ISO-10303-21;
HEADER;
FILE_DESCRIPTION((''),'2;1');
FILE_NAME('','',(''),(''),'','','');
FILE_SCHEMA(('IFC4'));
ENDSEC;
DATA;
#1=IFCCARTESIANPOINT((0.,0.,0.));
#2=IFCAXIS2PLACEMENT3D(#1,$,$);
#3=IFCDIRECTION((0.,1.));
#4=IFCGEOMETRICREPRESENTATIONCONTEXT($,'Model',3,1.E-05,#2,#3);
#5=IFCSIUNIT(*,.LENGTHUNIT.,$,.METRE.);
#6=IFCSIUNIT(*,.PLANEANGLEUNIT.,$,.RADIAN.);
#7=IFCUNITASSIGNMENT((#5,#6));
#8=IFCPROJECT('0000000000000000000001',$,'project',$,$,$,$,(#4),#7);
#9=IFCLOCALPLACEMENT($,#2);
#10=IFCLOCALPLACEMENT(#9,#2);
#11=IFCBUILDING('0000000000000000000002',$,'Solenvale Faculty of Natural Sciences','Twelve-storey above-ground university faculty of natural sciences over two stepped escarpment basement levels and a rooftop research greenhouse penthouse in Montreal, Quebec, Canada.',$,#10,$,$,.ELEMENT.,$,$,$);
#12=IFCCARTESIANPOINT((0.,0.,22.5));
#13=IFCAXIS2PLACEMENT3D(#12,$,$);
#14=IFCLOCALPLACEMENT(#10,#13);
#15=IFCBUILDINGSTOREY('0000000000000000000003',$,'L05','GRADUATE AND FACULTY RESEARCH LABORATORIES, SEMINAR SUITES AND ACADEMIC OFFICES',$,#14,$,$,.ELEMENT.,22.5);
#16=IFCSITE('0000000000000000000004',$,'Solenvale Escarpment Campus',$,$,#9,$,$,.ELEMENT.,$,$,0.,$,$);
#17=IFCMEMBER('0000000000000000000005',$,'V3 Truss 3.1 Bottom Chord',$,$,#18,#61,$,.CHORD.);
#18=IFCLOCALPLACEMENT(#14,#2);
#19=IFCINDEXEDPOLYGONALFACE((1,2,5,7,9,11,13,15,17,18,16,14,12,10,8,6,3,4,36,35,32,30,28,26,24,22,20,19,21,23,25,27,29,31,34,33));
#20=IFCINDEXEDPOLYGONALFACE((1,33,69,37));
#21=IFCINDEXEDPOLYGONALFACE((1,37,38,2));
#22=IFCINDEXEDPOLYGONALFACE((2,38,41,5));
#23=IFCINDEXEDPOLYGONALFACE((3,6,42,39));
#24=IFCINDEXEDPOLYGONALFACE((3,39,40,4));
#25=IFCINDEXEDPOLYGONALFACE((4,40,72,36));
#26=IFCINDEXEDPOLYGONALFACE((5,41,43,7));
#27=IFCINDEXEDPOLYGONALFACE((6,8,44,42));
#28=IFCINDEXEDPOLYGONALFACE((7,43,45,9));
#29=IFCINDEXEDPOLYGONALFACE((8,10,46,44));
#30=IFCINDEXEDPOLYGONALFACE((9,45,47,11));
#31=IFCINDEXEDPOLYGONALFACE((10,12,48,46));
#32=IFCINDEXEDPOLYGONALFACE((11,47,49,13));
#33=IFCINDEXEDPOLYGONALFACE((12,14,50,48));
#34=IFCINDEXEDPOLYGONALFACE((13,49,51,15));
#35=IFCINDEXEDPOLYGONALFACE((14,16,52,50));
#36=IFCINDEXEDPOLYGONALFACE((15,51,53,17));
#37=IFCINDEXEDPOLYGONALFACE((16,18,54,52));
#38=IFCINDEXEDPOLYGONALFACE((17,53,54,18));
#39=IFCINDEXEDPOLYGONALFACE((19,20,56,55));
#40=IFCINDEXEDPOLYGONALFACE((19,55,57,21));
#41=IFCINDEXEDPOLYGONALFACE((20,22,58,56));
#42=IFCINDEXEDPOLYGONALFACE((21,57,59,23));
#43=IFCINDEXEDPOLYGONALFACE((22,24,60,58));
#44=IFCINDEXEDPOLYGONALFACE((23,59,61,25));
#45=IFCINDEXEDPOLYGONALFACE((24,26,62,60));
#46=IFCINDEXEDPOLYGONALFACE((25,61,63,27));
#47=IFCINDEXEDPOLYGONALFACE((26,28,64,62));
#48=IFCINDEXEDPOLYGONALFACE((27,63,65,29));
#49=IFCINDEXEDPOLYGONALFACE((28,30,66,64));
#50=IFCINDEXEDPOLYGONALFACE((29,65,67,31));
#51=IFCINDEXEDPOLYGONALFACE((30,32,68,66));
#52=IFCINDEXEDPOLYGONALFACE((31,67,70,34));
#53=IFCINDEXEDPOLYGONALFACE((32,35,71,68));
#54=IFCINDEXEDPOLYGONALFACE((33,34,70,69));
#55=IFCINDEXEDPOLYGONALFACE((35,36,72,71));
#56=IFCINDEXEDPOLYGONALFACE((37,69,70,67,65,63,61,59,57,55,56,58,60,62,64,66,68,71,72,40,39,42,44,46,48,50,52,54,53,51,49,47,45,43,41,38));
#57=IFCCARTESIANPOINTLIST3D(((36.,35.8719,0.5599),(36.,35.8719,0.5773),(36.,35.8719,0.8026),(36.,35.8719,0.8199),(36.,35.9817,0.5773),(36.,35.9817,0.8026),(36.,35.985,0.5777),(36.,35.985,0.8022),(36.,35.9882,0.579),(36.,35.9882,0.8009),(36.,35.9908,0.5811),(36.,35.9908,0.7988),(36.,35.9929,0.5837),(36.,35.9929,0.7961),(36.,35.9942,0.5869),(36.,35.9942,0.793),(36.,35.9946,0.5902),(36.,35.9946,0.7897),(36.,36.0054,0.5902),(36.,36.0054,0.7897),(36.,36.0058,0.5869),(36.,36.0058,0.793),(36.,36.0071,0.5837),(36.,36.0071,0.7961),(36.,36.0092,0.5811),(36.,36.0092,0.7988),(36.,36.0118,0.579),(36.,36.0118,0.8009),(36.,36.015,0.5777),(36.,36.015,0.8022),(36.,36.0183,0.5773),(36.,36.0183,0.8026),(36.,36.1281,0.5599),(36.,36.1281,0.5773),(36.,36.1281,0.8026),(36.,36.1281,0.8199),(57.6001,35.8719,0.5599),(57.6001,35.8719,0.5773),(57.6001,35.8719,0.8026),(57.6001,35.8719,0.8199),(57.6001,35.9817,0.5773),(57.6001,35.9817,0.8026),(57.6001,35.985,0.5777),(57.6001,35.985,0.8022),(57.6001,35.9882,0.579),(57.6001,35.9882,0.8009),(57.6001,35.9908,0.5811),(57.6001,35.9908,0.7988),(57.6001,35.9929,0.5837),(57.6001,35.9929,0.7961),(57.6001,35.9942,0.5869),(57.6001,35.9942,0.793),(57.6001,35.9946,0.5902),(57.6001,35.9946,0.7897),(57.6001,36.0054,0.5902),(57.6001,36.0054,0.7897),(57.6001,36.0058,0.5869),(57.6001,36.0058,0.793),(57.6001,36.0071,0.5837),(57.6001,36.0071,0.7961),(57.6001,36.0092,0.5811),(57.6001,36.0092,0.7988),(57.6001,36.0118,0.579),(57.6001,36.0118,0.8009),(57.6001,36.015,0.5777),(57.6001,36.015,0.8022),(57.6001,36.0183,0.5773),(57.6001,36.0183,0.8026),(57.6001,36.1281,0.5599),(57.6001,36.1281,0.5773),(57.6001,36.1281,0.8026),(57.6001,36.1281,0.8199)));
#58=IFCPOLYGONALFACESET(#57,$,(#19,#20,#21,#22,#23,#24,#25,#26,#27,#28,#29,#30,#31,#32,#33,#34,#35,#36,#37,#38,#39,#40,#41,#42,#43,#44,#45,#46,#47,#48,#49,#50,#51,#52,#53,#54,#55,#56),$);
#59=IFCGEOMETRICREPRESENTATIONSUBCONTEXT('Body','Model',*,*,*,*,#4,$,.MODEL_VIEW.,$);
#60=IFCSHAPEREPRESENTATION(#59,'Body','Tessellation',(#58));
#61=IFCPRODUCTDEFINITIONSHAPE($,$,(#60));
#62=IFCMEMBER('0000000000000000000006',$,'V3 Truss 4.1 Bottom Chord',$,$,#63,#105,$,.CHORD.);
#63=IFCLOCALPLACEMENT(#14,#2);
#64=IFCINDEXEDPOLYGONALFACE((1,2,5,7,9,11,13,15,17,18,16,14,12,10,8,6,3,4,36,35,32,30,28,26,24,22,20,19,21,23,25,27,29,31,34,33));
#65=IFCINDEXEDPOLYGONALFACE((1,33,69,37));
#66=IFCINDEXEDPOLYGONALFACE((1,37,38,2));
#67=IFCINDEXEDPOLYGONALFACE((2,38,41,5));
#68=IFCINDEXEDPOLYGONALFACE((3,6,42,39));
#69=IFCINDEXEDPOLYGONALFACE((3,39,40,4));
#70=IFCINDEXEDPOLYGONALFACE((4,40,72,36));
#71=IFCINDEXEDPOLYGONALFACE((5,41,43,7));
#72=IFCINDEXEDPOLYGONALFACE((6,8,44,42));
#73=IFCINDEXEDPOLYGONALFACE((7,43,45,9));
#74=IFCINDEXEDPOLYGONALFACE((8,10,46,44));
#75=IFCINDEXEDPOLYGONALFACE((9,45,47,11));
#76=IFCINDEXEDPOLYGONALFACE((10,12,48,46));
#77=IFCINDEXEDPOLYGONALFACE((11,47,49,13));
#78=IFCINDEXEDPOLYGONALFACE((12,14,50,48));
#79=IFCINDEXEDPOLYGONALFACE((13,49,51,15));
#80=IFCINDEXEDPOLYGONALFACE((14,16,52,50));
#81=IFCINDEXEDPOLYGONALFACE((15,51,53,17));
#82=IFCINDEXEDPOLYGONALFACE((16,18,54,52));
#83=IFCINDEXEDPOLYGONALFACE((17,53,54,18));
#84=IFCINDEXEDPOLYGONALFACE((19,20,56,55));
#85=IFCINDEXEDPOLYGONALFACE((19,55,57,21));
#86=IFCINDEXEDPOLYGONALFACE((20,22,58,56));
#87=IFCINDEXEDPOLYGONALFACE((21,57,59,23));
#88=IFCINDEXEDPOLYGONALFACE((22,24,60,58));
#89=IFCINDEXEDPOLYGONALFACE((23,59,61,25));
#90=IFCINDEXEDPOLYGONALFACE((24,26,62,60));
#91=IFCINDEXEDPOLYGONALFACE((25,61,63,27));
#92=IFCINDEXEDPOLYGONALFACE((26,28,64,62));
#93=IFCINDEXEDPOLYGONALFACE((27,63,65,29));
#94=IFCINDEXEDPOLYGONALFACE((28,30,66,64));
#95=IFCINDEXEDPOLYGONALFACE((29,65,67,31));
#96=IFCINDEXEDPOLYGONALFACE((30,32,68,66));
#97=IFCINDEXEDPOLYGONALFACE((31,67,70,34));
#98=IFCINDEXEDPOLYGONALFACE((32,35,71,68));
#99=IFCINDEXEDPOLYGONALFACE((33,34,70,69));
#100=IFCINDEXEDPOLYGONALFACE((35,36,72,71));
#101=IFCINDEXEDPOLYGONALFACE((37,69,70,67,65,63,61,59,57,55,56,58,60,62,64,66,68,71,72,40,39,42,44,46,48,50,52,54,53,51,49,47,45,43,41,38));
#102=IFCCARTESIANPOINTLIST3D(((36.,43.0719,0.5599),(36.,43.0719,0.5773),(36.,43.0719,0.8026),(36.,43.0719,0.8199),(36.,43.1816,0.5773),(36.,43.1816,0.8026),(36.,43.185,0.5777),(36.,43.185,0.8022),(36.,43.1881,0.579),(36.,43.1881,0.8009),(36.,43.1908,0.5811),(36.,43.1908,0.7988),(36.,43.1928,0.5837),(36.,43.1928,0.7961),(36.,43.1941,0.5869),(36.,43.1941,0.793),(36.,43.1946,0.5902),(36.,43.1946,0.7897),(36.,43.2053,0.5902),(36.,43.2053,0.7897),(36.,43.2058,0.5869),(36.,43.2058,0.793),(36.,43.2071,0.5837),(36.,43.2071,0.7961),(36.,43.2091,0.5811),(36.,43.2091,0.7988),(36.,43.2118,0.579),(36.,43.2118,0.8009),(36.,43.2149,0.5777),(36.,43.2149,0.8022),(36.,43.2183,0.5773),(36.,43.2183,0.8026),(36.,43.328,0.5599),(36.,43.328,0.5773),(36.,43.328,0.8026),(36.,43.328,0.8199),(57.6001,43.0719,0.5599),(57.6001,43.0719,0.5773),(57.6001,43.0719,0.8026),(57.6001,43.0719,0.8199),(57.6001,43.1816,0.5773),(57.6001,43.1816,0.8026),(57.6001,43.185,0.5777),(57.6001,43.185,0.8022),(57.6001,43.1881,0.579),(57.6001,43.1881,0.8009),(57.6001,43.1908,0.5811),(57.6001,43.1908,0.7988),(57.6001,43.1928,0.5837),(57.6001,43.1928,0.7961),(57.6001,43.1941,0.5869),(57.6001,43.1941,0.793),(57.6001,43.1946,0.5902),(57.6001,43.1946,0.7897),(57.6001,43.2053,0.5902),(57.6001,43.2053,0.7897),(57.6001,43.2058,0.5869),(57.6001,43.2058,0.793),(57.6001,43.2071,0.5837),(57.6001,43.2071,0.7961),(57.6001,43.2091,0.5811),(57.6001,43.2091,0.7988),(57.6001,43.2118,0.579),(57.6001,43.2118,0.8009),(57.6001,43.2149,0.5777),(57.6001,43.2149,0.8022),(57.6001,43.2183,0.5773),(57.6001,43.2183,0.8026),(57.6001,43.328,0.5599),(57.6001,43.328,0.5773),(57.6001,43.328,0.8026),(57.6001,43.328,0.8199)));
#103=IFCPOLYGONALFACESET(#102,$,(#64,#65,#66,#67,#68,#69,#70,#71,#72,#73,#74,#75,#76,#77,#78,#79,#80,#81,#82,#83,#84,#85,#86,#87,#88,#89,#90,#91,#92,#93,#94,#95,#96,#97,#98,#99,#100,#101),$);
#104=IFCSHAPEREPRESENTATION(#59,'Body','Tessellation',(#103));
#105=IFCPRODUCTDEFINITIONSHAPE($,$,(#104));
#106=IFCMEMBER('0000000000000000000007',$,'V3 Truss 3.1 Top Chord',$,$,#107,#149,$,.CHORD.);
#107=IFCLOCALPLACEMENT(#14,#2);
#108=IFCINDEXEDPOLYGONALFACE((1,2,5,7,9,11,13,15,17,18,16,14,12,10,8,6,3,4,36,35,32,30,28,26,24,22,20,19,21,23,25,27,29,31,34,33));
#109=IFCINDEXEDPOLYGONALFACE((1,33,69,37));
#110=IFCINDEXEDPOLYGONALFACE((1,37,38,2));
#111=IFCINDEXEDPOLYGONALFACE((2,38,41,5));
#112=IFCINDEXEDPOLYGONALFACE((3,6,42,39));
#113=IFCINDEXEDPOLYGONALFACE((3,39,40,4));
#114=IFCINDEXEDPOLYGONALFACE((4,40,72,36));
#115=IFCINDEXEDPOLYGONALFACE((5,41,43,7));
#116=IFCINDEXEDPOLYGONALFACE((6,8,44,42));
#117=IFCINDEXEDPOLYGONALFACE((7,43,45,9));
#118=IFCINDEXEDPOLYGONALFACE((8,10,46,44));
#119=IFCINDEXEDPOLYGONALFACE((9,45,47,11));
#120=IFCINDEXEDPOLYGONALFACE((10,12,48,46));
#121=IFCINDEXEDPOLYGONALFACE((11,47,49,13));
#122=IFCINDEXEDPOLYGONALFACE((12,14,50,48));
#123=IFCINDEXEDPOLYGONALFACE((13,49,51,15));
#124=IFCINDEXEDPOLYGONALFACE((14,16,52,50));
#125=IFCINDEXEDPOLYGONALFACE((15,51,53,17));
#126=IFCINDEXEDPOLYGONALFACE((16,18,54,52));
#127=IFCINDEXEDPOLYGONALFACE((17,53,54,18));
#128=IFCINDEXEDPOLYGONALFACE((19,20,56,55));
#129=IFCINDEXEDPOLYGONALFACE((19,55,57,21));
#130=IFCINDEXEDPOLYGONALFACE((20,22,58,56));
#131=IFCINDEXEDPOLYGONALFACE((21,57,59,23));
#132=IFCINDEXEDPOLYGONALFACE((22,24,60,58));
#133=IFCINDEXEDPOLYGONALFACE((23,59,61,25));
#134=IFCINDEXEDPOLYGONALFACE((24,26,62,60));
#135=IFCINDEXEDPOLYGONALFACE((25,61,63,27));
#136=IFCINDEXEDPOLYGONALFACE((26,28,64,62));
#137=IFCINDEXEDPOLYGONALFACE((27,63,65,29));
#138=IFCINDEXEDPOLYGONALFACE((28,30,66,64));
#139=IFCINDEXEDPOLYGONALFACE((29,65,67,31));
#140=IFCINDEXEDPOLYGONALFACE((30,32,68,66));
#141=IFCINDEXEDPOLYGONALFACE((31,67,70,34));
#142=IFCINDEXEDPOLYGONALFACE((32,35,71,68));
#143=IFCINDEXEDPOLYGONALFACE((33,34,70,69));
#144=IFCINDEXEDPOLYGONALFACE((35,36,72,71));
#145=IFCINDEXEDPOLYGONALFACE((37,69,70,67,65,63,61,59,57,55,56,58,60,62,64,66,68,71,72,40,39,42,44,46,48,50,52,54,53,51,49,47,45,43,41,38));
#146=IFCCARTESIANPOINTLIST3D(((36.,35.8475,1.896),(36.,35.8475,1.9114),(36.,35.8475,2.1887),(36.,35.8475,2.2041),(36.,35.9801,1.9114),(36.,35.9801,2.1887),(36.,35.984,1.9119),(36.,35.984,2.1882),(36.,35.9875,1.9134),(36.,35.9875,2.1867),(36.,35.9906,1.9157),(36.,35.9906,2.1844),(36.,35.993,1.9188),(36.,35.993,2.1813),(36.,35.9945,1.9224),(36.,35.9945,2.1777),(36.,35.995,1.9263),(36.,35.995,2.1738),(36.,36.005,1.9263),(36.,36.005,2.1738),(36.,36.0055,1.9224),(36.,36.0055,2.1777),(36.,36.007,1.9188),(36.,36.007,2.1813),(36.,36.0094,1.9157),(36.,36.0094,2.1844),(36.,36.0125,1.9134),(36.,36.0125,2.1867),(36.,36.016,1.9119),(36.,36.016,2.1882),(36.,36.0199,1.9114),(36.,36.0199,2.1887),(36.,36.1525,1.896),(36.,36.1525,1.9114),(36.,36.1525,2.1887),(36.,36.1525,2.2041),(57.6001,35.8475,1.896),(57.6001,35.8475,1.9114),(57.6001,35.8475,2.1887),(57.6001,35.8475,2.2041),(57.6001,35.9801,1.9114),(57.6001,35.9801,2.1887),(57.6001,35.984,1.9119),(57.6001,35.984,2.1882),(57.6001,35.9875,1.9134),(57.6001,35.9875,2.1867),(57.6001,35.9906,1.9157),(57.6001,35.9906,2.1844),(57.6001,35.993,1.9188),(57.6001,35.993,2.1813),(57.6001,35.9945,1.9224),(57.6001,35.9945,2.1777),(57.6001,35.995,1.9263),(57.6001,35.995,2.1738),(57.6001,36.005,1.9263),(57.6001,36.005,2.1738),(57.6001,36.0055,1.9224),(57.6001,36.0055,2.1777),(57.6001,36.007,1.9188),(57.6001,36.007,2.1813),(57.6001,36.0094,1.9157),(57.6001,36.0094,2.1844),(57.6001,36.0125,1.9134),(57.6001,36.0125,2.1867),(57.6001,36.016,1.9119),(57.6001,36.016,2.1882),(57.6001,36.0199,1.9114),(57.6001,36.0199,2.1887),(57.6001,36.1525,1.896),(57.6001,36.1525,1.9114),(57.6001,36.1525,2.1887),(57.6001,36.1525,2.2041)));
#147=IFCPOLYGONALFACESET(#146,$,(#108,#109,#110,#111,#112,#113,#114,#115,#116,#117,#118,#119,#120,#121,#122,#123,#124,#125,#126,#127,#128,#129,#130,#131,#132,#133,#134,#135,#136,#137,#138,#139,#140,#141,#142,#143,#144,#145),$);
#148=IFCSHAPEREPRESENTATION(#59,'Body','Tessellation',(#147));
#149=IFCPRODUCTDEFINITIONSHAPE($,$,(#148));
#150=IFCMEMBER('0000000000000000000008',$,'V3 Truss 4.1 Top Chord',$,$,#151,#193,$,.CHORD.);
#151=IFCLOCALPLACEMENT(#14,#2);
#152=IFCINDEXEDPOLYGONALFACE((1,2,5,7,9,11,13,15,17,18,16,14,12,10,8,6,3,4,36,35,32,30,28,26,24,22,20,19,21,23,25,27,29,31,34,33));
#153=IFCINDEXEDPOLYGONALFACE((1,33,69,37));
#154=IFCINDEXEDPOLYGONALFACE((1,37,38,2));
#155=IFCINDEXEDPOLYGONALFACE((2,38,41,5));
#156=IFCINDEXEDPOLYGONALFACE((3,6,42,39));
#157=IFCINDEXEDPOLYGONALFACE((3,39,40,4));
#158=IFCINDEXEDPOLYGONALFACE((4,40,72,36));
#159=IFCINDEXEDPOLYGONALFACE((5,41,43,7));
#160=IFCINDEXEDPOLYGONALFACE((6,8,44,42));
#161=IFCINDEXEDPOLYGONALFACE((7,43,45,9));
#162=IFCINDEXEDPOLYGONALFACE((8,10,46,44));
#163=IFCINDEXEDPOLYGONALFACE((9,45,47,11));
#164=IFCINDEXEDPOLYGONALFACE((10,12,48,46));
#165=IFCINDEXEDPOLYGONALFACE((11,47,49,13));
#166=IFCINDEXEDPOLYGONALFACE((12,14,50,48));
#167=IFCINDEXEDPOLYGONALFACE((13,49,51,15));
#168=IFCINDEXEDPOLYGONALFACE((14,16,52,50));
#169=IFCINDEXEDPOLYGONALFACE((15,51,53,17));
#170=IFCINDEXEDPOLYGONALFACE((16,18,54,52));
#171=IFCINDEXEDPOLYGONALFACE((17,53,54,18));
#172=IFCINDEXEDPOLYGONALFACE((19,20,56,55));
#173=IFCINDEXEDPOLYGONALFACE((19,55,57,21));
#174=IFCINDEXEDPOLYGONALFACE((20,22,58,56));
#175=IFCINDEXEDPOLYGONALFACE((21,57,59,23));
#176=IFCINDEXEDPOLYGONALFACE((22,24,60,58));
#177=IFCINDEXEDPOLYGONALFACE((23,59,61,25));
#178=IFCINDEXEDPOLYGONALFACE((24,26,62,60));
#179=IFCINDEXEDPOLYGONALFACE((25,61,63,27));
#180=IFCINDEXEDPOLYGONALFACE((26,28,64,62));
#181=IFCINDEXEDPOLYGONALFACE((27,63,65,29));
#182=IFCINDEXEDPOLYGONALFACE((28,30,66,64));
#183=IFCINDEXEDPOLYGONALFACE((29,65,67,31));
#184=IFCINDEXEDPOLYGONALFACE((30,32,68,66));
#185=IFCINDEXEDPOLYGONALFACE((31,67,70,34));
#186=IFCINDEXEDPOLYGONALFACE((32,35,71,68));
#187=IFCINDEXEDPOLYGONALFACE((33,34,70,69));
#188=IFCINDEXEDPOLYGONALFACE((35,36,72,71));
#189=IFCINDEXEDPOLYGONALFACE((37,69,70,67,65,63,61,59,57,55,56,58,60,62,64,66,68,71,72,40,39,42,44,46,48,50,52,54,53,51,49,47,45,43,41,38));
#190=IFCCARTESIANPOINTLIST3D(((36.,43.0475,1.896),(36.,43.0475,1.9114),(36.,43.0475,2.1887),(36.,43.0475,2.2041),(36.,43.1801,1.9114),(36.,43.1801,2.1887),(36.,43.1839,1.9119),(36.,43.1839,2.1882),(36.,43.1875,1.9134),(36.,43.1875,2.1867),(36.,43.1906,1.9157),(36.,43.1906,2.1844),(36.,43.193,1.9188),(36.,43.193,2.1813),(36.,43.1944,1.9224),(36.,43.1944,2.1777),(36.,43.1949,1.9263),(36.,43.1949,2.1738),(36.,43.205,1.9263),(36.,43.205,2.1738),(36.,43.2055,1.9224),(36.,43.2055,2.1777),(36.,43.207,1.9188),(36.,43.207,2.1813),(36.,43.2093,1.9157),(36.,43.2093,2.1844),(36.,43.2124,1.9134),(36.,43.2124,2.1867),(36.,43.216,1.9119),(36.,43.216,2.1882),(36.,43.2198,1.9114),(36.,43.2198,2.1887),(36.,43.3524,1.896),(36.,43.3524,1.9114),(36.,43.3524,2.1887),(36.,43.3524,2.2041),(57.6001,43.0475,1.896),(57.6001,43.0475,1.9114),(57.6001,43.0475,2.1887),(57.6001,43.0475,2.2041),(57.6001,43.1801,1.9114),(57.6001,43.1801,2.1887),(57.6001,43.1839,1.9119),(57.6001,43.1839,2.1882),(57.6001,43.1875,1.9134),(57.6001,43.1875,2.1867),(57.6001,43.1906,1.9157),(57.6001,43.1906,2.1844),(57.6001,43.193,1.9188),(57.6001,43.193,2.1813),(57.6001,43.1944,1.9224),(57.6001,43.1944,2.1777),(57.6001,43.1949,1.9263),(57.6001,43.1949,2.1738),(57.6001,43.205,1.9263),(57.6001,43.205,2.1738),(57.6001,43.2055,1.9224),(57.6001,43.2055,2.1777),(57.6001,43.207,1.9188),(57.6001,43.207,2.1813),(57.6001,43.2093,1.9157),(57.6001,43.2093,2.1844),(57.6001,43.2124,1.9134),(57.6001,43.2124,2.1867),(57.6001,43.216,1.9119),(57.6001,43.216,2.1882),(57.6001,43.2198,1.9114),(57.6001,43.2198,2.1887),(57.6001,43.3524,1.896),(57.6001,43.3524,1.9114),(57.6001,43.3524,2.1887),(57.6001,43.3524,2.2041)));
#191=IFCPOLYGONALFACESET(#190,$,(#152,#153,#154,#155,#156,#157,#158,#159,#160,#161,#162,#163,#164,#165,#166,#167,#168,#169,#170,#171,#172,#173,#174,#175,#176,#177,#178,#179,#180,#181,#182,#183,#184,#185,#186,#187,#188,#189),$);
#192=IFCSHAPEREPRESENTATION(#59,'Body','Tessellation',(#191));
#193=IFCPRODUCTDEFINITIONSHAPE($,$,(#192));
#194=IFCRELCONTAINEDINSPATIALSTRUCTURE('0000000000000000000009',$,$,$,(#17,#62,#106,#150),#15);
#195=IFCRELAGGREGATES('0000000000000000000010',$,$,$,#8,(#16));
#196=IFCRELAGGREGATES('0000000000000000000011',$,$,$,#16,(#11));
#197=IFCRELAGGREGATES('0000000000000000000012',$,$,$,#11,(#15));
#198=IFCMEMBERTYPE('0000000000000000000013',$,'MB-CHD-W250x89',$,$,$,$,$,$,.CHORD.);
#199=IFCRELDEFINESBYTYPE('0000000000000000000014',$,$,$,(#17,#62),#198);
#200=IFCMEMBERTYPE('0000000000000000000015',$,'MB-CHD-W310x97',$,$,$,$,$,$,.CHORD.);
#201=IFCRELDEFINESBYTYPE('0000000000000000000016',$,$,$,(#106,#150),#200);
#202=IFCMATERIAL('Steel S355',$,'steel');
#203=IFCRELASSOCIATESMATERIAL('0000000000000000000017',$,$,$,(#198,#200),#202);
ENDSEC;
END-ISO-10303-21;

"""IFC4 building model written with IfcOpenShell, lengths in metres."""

from ifc_helpers import new_model, si_unit, direction, frame, origin, origin_2d, place, context, subcontext, project, spatial, i_section, extrude, material, material_profile, profile_set, type_object, element, save


model = new_model("IFC4")

# Units and contexts
model_context = context("Model", 3, precision=1e-05, world=origin(), true_north=direction((0.0, 1.0)))
body_context = subcontext(model_context, "Body", "Model", "MODEL_VIEW")
ifc_project = project(units=[si_unit("LENGTHUNIT", "METRE"), si_unit("PLANEANGLEUNIT", "RADIAN")], contexts=[model_context])

# Site, building, storey
site_placement = place(None, origin())
site = spatial("IfcSite", under=ifc_project, at=site_placement, Name="Solenvale Escarpment Campus", CompositionType="ELEMENT", RefElevation=0.0)
building_placement = place(site_placement, origin())
building = spatial("IfcBuilding", under=site, at=building_placement, Name="Solenvale Faculty of Natural Sciences", Description="Twelve-storey above-ground university faculty of natural sciences over two stepped escarpment basement levels and a rooftop research greenhouse penthouse in Montreal, Quebec, Canada.", CompositionType="ELEMENT")
storey_placement = place(building_placement, frame((0.0, 0.0, 22.5)))
storey = spatial("IfcBuildingStorey", under=building, at=storey_placement, Name="L05", Description="GRADUATE AND FACULTY RESEARCH LABORATORIES, SEMINAR SUITES AND ACADEMIC OFFICES", CompositionType="ELEMENT", Elevation=22.5)

# Shared definitions
ifc_material_1 = material(Name="Steel S355", Category="steel")

# Members
ifc_material_profile_1 = material_profile(ifc_material_1, i_section(OverallWidth=0.2561, OverallDepth=0.26, WebThickness=0.0107, FlangeThickness=0.0173, FilletRadius=0.0129, at=origin_2d()), Name="W250x89")
ifc_profile_set_1 = profile_set([ifc_material_profile_1], Name="Steel S355")
member_type_1 = type_object("IfcMemberType", Name="MB-CHD-W250x89", PredefinedType="CHORD", material=ifc_profile_set_1)
for number, where, z_axis, x_axis, name in (
    (1, (36.0, 36.0, 0.6899), (1.0, 0.0, 0.0), (0.0, 1.0, 0.0), "V3 Truss 3.1 Bottom Chord"),
    (2, (36.0, 43.2, 0.6899), (1.0, 0.0, 0.0), (0.0, 1.0, 0.0), "V3 Truss 4.1 Bottom Chord"),
):
    element("IfcMember", number, at=place(storey_placement, frame(where, z_axis=z_axis, x_axis=x_axis)), inside=storey, type_object=member_type_1, Name=name, PredefinedType="CHORD", context=body_context, shape_type="SweptSolid", body=[
        extrude(i_section(OverallWidth=0.2561, OverallDepth=0.26, WebThickness=0.0107, FlangeThickness=0.0173, FilletRadius=0.0129, at=origin_2d()), origin(), (0.0, 0.0, 1.0), 21.6001),
    ])
ifc_material_profile_2 = material_profile(ifc_material_1, i_section(OverallWidth=0.3049, OverallDepth=0.3081, WebThickness=0.01, FlangeThickness=0.0154, FilletRadius=0.0149, at=origin_2d()), Name="W310x97")
ifc_profile_set_2 = profile_set([ifc_material_profile_2], Name="Steel S355")
member_type_2 = type_object("IfcMemberType", Name="MB-CHD-W310x97", PredefinedType="CHORD", material=ifc_profile_set_2)
for number, where, z_axis, x_axis, name in (
    (3, (36.0, 36.0, 2.05), (1.0, 0.0, 0.0), (0.0, 1.0, 0.0), "V3 Truss 3.1 Top Chord"),
    (4, (36.0, 43.2, 2.05), (1.0, 0.0, 0.0), (0.0, 1.0, 0.0), "V3 Truss 4.1 Top Chord"),
):
    element("IfcMember", number, at=place(storey_placement, frame(where, z_axis=z_axis, x_axis=x_axis)), inside=storey, type_object=member_type_2, Name=name, PredefinedType="CHORD", context=body_context, shape_type="SweptSolid", body=[
        extrude(i_section(OverallWidth=0.3049, OverallDepth=0.3081, WebThickness=0.01, FlangeThickness=0.0154, FilletRadius=0.0149, at=origin_2d()), origin(), (0.0, 0.0, 1.0), 21.6001),
    ])

save(model, "model.ifc")
